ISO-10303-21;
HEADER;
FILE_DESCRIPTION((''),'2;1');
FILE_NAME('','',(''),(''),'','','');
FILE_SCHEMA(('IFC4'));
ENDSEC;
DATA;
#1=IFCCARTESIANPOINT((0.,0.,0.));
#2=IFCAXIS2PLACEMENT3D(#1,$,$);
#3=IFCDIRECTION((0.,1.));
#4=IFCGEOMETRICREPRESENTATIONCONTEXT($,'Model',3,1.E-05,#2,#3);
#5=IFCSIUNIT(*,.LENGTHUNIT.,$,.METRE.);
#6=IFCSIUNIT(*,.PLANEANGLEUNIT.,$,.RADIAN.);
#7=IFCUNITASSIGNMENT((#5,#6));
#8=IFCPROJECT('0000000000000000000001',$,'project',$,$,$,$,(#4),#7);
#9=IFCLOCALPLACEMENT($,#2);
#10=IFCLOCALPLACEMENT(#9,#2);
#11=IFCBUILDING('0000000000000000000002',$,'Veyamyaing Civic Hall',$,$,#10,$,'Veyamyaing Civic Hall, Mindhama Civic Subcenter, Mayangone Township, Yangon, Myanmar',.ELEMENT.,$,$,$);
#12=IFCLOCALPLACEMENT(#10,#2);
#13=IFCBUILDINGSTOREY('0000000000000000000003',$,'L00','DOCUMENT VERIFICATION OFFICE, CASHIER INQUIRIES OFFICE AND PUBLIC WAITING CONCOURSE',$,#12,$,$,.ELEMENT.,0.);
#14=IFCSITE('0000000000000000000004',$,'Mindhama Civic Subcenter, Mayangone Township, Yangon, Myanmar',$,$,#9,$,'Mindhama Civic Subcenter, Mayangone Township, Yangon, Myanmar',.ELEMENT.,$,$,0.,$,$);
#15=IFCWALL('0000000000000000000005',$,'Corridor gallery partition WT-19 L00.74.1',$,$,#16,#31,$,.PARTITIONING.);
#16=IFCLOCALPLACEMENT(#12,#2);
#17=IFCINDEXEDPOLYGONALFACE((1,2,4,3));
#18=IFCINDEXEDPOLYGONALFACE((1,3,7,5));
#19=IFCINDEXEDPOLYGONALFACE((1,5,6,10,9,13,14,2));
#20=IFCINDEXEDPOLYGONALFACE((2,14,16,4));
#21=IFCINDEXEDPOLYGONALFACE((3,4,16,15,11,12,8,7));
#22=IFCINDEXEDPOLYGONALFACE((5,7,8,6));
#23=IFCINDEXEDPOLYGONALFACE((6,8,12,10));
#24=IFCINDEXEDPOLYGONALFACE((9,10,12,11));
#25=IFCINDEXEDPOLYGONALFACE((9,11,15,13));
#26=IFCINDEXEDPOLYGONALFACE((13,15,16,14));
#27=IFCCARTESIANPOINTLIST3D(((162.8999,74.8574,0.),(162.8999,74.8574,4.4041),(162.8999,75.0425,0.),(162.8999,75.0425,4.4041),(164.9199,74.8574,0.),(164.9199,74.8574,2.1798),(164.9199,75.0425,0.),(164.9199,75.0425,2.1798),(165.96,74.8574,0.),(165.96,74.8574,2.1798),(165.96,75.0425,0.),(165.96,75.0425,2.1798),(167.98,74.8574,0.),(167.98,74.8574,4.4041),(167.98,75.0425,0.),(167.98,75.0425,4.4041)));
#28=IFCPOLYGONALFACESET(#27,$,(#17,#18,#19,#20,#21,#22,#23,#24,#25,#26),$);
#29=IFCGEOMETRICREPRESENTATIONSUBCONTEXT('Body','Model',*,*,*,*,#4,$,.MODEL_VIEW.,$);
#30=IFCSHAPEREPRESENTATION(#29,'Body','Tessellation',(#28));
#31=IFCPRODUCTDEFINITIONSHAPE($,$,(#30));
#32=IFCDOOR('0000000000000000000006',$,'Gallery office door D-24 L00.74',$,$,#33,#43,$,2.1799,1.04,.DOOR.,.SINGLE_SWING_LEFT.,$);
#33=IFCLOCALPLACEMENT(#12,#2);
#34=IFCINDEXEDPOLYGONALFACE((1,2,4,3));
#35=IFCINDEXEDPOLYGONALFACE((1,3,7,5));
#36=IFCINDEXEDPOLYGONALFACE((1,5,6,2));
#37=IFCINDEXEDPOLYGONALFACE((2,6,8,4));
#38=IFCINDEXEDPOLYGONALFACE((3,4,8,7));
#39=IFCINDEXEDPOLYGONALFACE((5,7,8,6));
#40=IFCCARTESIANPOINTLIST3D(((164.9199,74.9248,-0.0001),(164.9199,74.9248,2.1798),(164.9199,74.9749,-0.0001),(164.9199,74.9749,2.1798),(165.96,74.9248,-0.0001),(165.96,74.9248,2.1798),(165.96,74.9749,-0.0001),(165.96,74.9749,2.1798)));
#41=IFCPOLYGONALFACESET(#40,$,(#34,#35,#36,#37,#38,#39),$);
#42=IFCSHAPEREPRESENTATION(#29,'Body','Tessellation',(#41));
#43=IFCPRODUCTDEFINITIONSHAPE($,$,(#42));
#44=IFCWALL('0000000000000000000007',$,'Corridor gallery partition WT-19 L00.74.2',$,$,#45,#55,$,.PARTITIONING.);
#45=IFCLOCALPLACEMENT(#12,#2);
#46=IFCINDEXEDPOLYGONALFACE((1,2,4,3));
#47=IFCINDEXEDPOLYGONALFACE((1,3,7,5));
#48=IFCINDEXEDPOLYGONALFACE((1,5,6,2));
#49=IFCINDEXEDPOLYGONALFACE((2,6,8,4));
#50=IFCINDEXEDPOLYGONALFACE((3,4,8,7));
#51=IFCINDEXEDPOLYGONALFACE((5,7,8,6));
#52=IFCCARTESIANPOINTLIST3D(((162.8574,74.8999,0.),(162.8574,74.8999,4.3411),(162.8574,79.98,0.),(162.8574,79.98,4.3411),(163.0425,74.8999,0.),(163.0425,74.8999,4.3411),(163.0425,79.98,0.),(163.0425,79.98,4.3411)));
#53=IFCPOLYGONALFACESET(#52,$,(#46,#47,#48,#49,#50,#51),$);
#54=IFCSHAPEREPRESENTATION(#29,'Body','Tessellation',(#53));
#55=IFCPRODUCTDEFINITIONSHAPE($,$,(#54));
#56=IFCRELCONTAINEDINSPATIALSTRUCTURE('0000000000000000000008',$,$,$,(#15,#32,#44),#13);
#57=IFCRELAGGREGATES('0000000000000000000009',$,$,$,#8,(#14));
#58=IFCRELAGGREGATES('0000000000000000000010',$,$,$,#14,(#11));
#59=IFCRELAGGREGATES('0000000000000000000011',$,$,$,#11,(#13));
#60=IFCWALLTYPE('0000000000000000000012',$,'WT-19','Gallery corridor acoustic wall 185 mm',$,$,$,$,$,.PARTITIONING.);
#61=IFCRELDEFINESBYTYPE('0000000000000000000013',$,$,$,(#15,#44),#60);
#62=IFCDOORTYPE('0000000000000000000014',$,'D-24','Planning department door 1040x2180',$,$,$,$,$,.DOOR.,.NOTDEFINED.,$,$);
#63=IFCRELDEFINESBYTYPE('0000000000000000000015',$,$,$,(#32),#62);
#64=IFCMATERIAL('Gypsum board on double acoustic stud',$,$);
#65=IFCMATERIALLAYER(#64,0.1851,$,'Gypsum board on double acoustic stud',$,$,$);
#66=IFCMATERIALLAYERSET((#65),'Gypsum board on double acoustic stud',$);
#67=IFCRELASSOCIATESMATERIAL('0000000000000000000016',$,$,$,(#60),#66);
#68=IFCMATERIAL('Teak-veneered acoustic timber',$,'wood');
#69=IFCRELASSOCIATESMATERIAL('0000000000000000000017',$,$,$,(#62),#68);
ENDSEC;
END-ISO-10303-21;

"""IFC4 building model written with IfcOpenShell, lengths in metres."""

from ifc_helpers import new_model, si_unit, direction, frame, frame_2d, origin, place, context, subcontext, project, spatial, rectangle, extrude, material, layer, layer_set, type_object, element, fill, save


model = new_model("IFC4")

# Units and contexts
model_context = context("Model", 3, precision=1e-05, world=origin(), true_north=direction((0.0, 1.0)))
body_context = subcontext(model_context, "Body", "Model", "MODEL_VIEW")
ifc_project = project(units=[si_unit("LENGTHUNIT", "METRE"), si_unit("PLANEANGLEUNIT", "RADIAN")], contexts=[model_context])

# Site, building, storey
site_placement = place(None, origin())
site = spatial("IfcSite", under=ifc_project, at=site_placement, Name="Mindhama Civic Subcenter, Mayangone Township, Yangon, Myanmar", LongName="Mindhama Civic Subcenter, Mayangone Township, Yangon, Myanmar", CompositionType="ELEMENT", RefElevation=0.0)
building_placement = place(site_placement, origin())
building = spatial("IfcBuilding", under=site, at=building_placement, Name="Veyamyaing Civic Hall", LongName="Veyamyaing Civic Hall, Mindhama Civic Subcenter, Mayangone Township, Yangon, Myanmar", CompositionType="ELEMENT")
storey_placement = place(building_placement, origin())
storey = spatial("IfcBuildingStorey", under=building, at=storey_placement, Name="L00", Description="DOCUMENT VERIFICATION OFFICE, CASHIER INQUIRIES OFFICE AND PUBLIC WAITING CONCOURSE", CompositionType="ELEMENT", Elevation=0.0)

# Shared definitions
ifc_material_1 = material(Name="Teak-veneered acoustic timber", Category="wood")

# Wall, opening, door
ifc_material_2 = material(Name="Gypsum board on double acoustic stud")
ifc_layer_1 = layer(ifc_material_2, 0.1851, Name="Gypsum board on double acoustic stud")
ifc_layer_set_1 = layer_set([ifc_layer_1], Name="Gypsum board on double acoustic stud")
wall_type_1 = type_object("IfcWallType", Name="WT-19", Description="Gallery corridor acoustic wall 185 mm", PredefinedType="PARTITIONING", material=ifc_layer_set_1)
wall_1_placement = place(storey_placement, frame((162.8999, 74.95, 0.0), z_axis=(0.0, 0.0, 1.0), x_axis=(1.0, 0.0, 0.0)))
wall_1 = element("IfcWall", 1, at=wall_1_placement, inside=storey, type_object=wall_type_1, Name="Corridor gallery partition WT-19 L00.74.1", PredefinedType="PARTITIONING", context=body_context, shape_type="SweptSolid", body=[
    extrude(rectangle(XDim=5.0801, YDim=0.1851, at=frame_2d((2.54, 0.0))), origin(), (0.0, 0.0, 1.0), 4.4041),
])
opening_1_placement = place(wall_1_placement, frame((2.02, 0.0, 0.0)))
opening_1 = element("IfcOpeningElement", 2, at=opening_1_placement, cuts=wall_1, PredefinedType="OPENING", context=body_context, shape_type="SweptSolid", body=[
    extrude(rectangle(XDim=1.04, YDim=2.1799, at=frame_2d((0.52, 1.0898))), frame((0.0, 0.1025, 0.0), z_axis=(0.0, -1.0, 0.0), x_axis=(1.0, 0.0, 0.0)), (0.0, 0.0, 1.0), 0.2051),
])
door_type_1 = type_object("IfcDoorType", Name="D-24", Description="Planning department door 1040x2180", OperationType="NOTDEFINED", PredefinedType="DOOR", material=ifc_material_1)
door_1_placement = place(opening_1_placement, origin())
door_1 = element("IfcDoor", 3, at=door_1_placement, inside=storey, type_object=door_type_1, Name="Gallery office door D-24 L00.74", OperationType="SINGLE_SWING_LEFT", OverallHeight=2.1799, OverallWidth=1.04, PredefinedType="DOOR", context=body_context, shape_type="SweptSolid", body=[
    extrude(rectangle(XDim=1.04, YDim=2.1799, at=frame_2d((0.52, 1.0898))), frame((0.0, 0.0249, 0.0), z_axis=(0.0, -1.0, 0.0), x_axis=(1.0, 0.0, 0.0)), (0.0, 0.0, 1.0), 0.05),
])
fill(opening_1, door_1)

# Wall
wall_2_placement = place(storey_placement, frame((162.95, 74.8999, 0.0), z_axis=(0.0, 0.0, 1.0), x_axis=(0.0, 1.0, 0.0)))
element("IfcWall", 4, at=wall_2_placement, inside=storey, type_object=wall_type_1, Name="Corridor gallery partition WT-19 L00.74.2", PredefinedType="PARTITIONING", context=body_context, shape_type="SweptSolid", body=[
    extrude(rectangle(XDim=5.0801, YDim=0.1851, at=frame_2d((2.54, 0.0))), origin(), (0.0, 0.0, 1.0), 4.3411),
])

save(model, "model.ifc")
